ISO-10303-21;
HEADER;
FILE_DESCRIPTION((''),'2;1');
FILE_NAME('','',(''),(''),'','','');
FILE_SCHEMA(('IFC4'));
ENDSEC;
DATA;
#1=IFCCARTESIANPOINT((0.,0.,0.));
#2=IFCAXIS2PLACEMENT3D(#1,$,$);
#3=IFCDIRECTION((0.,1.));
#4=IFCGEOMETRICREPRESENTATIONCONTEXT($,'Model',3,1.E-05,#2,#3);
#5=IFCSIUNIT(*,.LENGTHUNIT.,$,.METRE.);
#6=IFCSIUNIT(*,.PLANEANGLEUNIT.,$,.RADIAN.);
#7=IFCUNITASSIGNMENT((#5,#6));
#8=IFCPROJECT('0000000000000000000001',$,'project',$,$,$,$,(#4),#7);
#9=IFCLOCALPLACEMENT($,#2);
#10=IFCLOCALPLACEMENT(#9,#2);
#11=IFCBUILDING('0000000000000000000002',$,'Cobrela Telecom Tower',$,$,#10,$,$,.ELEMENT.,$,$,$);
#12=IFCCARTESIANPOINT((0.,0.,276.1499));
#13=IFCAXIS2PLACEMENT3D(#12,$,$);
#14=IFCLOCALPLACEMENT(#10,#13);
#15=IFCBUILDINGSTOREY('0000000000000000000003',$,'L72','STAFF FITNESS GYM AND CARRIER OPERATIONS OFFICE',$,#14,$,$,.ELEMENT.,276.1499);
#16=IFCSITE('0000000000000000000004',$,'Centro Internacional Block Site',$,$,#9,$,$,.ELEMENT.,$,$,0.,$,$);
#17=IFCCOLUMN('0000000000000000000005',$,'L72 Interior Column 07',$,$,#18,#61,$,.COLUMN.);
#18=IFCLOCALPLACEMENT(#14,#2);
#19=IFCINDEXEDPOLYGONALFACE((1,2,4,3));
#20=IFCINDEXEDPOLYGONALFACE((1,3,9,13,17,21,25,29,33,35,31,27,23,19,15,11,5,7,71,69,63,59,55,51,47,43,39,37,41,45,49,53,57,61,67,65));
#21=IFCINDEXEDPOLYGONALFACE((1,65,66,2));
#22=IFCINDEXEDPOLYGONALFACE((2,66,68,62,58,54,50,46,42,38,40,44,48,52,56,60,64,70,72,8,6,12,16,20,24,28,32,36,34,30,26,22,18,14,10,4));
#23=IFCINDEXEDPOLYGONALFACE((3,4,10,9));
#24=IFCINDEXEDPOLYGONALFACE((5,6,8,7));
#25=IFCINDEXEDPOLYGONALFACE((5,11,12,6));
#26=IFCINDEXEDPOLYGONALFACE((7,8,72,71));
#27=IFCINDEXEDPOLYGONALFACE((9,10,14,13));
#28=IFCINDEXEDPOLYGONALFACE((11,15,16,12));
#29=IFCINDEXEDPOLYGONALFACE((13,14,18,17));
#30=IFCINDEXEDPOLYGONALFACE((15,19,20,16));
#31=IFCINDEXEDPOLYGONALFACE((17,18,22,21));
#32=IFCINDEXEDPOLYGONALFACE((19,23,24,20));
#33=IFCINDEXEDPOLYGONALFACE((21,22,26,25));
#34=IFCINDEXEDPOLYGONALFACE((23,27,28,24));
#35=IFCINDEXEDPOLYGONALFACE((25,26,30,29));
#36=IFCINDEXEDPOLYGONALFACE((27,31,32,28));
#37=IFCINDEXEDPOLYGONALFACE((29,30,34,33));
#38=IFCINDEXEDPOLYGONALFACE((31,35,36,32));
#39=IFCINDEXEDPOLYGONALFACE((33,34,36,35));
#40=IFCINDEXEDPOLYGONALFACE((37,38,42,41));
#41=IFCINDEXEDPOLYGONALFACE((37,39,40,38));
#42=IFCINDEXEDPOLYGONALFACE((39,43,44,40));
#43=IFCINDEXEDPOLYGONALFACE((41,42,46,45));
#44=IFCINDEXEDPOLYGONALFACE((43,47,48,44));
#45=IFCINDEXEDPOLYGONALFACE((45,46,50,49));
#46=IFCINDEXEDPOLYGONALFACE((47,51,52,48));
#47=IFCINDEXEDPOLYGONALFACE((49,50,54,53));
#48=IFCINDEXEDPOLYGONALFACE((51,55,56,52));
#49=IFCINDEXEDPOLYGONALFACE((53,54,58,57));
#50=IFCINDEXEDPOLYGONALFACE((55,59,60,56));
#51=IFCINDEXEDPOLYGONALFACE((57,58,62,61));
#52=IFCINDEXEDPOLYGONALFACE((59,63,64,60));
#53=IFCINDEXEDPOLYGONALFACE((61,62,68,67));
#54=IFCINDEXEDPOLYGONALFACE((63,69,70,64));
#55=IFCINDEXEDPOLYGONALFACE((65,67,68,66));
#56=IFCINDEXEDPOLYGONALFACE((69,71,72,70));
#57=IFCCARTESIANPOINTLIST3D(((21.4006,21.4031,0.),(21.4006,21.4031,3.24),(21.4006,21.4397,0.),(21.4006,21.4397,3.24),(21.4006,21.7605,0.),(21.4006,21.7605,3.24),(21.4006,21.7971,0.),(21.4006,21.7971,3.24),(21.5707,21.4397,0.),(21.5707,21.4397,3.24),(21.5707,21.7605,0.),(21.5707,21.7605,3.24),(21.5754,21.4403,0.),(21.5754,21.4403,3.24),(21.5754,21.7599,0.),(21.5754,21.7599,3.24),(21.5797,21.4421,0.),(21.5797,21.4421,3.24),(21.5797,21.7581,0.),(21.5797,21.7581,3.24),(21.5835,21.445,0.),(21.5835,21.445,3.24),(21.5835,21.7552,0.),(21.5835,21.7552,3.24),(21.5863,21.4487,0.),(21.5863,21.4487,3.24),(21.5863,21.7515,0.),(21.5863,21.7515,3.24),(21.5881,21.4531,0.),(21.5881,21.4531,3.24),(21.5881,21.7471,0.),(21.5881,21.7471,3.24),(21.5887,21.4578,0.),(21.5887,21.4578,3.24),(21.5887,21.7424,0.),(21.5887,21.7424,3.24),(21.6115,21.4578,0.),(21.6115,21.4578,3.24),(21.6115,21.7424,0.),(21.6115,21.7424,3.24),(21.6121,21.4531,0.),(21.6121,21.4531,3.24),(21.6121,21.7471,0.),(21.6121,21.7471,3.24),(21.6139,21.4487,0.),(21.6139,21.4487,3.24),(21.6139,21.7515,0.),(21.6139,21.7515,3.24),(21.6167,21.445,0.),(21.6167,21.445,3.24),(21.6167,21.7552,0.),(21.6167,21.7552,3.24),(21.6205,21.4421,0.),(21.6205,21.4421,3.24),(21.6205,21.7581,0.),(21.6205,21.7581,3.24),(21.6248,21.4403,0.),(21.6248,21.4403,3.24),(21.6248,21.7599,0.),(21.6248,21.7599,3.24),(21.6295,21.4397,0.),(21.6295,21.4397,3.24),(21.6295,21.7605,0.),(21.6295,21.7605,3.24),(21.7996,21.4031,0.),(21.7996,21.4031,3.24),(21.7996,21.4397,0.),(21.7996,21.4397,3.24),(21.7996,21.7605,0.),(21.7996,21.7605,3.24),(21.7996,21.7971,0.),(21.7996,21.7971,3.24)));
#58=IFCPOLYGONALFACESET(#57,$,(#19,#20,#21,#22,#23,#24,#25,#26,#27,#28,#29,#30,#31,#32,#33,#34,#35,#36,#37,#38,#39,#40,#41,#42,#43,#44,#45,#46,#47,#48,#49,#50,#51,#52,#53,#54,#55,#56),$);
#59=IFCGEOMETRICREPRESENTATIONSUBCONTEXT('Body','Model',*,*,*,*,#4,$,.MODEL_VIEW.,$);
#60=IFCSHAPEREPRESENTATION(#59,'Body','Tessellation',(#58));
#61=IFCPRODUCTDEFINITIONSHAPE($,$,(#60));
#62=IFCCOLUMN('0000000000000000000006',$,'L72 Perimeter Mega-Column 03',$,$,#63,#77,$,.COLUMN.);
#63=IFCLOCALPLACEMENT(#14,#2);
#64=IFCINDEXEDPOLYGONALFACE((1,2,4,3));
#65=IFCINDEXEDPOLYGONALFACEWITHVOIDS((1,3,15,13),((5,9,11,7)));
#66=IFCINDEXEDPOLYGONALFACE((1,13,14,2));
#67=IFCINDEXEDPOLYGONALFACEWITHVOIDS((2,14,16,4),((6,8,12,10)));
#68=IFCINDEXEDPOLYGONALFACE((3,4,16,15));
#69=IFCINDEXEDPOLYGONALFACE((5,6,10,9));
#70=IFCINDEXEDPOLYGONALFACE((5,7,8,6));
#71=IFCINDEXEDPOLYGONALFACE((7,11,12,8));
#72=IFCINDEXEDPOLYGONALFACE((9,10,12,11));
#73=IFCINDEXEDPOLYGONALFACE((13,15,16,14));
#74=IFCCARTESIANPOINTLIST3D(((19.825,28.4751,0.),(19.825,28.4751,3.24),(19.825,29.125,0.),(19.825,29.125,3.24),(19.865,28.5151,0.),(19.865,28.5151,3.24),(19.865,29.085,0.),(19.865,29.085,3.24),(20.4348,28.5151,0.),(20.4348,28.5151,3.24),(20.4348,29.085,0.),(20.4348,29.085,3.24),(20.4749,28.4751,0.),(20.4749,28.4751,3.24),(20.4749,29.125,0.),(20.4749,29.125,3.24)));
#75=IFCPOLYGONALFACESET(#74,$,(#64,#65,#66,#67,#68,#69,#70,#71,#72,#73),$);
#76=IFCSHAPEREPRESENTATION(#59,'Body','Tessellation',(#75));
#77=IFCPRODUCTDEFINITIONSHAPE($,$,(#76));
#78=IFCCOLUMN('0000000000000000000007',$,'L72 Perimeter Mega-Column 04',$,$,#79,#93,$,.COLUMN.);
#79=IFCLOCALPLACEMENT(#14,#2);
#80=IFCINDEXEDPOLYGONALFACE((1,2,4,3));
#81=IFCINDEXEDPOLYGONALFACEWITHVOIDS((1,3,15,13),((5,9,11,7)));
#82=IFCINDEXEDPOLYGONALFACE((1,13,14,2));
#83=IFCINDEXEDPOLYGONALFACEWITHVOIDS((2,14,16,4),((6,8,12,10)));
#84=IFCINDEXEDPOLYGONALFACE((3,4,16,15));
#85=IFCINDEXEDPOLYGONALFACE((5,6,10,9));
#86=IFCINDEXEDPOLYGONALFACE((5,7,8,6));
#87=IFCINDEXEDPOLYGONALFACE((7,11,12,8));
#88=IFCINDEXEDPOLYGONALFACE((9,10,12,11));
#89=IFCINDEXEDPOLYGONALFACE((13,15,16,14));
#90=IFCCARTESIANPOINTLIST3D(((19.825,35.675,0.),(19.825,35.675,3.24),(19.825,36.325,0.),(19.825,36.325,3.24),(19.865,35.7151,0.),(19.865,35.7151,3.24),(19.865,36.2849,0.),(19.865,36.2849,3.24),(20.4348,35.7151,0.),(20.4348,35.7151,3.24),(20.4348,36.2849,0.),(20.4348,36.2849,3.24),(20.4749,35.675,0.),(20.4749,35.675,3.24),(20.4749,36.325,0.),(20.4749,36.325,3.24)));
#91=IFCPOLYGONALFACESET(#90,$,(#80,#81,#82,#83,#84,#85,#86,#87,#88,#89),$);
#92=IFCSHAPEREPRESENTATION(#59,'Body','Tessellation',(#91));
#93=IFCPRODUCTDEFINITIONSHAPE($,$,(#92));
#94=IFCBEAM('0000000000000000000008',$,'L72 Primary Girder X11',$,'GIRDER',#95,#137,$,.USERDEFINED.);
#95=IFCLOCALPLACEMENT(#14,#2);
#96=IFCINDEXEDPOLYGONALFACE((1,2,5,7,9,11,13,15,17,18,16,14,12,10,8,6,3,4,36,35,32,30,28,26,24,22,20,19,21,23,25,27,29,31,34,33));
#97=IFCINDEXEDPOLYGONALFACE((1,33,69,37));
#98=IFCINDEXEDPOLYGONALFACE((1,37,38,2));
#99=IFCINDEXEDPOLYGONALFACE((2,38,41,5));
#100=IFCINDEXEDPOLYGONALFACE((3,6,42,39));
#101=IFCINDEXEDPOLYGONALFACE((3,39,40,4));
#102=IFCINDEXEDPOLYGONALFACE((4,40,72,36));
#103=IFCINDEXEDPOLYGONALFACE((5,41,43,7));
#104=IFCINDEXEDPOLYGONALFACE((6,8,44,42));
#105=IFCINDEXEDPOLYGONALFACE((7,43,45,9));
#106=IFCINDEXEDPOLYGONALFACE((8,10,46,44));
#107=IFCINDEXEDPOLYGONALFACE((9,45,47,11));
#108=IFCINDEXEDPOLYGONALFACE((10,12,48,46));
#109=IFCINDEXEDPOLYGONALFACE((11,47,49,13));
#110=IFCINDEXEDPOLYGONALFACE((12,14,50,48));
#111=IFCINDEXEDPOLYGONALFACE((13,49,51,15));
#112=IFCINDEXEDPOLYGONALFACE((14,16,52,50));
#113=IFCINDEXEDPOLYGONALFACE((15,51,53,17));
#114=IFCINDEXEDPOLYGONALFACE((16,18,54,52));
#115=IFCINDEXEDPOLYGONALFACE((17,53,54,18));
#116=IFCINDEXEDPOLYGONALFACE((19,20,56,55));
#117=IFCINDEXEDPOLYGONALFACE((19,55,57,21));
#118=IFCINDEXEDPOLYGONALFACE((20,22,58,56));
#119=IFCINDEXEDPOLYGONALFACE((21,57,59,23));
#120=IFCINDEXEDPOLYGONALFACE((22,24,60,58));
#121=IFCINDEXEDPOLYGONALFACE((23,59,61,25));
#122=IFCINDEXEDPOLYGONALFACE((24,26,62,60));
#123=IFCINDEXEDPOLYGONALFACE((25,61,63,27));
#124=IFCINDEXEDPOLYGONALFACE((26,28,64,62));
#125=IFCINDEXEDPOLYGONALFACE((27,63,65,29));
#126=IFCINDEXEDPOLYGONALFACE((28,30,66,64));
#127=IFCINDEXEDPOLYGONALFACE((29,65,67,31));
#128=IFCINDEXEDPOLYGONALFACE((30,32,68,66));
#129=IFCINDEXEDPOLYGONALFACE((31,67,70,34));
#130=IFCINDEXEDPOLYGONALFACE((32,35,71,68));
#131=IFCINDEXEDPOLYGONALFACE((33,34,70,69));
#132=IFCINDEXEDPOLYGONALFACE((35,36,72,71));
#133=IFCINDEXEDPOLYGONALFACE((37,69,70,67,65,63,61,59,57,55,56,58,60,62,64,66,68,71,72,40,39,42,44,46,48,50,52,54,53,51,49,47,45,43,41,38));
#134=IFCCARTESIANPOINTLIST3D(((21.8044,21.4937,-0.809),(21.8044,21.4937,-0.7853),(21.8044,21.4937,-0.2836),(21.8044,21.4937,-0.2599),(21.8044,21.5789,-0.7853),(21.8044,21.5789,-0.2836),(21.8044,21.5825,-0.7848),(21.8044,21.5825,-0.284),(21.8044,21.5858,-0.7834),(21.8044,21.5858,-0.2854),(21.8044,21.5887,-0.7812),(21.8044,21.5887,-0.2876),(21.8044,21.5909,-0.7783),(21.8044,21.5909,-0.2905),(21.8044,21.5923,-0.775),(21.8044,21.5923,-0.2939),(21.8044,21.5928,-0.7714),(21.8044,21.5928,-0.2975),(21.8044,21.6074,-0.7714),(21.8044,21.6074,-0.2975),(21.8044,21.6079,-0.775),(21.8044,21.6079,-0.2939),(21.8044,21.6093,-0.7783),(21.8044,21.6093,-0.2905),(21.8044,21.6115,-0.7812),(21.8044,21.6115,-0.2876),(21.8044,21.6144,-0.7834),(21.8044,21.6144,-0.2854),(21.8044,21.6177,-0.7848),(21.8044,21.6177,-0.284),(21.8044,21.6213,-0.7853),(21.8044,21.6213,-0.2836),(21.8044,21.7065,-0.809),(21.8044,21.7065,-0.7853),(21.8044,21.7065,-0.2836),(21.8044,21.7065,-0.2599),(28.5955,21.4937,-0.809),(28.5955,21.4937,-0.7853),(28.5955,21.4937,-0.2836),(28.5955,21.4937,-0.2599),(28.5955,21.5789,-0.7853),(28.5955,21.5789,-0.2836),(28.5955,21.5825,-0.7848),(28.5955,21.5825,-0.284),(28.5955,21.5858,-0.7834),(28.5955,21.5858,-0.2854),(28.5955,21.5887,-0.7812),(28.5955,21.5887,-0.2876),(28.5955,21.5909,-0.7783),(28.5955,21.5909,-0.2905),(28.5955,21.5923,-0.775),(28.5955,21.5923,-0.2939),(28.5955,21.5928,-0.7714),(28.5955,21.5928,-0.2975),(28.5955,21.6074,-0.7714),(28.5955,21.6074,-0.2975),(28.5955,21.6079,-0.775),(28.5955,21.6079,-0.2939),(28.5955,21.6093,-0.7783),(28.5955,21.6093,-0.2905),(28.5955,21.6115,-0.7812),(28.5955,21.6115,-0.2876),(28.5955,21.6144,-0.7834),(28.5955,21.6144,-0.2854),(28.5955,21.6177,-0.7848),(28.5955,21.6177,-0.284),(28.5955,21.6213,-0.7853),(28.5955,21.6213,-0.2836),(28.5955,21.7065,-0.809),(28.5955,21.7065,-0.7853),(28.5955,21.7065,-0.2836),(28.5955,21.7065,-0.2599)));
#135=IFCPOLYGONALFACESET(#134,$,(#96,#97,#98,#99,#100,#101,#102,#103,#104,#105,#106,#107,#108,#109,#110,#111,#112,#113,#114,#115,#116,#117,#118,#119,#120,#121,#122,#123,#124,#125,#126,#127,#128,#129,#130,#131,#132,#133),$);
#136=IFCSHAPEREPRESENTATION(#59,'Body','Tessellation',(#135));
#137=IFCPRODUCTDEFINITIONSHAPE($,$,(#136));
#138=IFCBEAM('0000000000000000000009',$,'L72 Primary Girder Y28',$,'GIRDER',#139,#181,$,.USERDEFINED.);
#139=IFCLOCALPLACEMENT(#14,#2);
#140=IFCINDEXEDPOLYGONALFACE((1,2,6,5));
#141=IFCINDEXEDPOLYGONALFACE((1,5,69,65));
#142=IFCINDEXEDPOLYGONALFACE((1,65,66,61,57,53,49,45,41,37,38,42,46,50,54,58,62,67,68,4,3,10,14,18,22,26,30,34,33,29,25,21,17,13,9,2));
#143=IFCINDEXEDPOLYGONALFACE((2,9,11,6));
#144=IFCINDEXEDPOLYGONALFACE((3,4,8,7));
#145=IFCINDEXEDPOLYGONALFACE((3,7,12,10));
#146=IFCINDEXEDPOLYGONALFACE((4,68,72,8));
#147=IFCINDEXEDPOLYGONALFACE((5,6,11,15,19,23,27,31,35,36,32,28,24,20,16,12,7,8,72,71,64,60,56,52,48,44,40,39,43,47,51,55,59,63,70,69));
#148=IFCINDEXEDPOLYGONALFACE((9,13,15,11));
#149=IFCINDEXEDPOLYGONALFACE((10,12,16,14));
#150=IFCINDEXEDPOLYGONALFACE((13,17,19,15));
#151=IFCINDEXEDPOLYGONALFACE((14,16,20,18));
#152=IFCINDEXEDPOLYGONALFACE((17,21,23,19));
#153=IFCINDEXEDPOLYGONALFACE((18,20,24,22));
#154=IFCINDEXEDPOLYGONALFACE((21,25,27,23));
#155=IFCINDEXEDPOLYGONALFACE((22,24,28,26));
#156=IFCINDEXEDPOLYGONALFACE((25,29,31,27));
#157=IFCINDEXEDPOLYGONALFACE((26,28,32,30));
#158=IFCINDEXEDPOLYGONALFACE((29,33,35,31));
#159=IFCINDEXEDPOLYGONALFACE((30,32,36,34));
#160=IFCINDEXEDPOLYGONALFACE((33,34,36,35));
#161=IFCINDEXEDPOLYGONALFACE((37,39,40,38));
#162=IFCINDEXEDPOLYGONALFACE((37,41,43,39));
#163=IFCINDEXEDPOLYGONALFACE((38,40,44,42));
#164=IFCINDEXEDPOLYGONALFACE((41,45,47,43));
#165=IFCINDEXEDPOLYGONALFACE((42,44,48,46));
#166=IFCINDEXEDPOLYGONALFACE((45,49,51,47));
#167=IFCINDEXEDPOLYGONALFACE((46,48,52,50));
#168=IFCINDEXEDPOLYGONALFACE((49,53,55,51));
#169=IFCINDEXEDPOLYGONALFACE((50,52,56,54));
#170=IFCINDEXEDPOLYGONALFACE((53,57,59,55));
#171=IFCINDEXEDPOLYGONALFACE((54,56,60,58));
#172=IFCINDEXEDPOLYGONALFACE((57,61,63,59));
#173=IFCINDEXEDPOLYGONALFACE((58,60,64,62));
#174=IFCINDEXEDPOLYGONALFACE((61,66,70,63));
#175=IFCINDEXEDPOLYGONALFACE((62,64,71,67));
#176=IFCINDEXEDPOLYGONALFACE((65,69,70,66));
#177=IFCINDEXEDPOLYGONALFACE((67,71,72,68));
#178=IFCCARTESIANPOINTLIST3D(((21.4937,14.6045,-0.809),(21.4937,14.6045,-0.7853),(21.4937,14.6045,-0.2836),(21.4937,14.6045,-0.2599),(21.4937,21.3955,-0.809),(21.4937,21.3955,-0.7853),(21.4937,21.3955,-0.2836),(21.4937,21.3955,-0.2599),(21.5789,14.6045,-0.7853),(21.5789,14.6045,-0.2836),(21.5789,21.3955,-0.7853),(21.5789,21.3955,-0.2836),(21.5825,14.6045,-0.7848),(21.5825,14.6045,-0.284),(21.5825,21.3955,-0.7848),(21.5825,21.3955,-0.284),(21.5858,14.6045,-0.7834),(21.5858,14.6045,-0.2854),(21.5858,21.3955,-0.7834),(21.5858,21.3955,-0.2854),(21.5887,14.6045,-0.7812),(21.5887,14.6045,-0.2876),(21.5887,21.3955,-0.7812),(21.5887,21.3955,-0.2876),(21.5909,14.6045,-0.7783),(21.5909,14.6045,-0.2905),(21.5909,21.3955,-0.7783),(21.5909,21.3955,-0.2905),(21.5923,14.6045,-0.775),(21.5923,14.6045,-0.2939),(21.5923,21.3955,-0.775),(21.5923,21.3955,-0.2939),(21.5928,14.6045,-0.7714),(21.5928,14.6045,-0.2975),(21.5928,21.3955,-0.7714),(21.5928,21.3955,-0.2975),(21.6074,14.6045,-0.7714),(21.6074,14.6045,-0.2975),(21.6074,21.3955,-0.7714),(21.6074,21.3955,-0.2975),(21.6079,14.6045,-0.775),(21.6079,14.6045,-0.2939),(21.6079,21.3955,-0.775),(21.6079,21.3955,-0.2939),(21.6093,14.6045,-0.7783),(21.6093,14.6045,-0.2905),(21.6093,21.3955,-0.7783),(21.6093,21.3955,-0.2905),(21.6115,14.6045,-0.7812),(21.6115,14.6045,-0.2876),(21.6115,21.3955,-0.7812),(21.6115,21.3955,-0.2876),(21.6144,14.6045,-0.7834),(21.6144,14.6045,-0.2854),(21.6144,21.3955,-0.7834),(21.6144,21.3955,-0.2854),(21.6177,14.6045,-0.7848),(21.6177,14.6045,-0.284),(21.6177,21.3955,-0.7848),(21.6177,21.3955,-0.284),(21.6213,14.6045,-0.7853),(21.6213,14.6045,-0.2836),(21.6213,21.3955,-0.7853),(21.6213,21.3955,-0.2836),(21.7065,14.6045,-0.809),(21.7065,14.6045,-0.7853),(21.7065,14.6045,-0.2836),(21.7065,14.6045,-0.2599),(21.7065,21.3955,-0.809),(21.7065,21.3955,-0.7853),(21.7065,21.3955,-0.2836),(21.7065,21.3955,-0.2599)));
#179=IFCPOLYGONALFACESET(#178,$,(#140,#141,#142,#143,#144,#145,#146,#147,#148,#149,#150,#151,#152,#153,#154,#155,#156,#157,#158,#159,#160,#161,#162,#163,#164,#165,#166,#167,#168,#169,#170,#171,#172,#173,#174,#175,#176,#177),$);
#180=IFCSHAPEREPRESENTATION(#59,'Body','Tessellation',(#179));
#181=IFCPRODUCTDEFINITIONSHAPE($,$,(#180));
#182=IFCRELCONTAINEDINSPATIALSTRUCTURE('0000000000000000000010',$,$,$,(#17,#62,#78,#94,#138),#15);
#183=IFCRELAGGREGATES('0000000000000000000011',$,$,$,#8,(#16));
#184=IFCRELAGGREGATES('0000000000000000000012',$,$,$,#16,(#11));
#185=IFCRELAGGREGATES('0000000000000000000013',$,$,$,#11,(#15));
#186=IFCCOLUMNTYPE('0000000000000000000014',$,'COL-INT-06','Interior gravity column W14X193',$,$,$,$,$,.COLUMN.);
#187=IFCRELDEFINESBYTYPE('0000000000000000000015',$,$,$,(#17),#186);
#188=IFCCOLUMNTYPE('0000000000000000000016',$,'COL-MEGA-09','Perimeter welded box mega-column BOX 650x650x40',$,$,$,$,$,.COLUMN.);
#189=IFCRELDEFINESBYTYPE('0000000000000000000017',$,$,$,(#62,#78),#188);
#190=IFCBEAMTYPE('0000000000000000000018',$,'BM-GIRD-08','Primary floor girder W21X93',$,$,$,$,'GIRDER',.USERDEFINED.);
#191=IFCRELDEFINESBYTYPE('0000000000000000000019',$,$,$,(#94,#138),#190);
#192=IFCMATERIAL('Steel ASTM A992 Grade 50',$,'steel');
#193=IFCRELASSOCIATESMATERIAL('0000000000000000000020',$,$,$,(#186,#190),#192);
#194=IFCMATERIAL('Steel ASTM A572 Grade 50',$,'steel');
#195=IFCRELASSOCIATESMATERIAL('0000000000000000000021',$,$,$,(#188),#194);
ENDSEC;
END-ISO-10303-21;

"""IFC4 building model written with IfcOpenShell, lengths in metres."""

from ifc_helpers import new_model, si_unit, direction, frame, origin, origin_2d, place, context, subcontext, project, spatial, hollow_rectangle, i_section, extrude, material, material_profile, profile_set, type_object, element, save


model = new_model("IFC4")

# Units and contexts
model_context = context("Model", 3, precision=1e-05, world=origin(), true_north=direction((0.0, 1.0)))
body_context = subcontext(model_context, "Body", "Model", "MODEL_VIEW")
ifc_project = project(units=[si_unit("LENGTHUNIT", "METRE"), si_unit("PLANEANGLEUNIT", "RADIAN")], contexts=[model_context])

# Site, building, storey
site_placement = place(None, origin())
site = spatial("IfcSite", under=ifc_project, at=site_placement, Name="Centro Internacional Block Site", CompositionType="ELEMENT", RefElevation=0.0)
building_placement = place(site_placement, origin())
building = spatial("IfcBuilding", under=site, at=building_placement, Name="Cobrela Telecom Tower", CompositionType="ELEMENT")
storey_placement = place(building_placement, frame((0.0, 0.0, 276.1499)))
storey = spatial("IfcBuildingStorey", under=building, at=storey_placement, Name="L72", Description="STAFF FITNESS GYM AND CARRIER OPERATIONS OFFICE", CompositionType="ELEMENT", Elevation=276.1499)

# Columns
ifc_material_1 = material(Name="Steel ASTM A992 Grade 50", Category="steel")
ifc_material_profile_1 = material_profile(ifc_material_1, i_section(OverallWidth=0.3989, OverallDepth=0.394, WebThickness=0.0227, FlangeThickness=0.0366, FilletRadius=0.0181, at=origin_2d()), Name="W14X193")
ifc_profile_set_1 = profile_set([ifc_material_profile_1], Name="Steel ASTM A992 Grade 50")
column_type_1 = type_object("IfcColumnType", Name="COL-INT-06", Description="Interior gravity column W14X193", PredefinedType="COLUMN", material=ifc_profile_set_1)
column_placement = place(storey_placement, frame((21.6001, 21.6001, 0.0), z_axis=(0.0, 0.0, 1.0), x_axis=(1.0, 0.0, 0.0)))
element("IfcColumn", 1, at=column_placement, inside=storey, type_object=column_type_1, Name="L72 Interior Column 07", PredefinedType="COLUMN", context=body_context, shape_type="SweptSolid", body=[
    extrude(i_section(OverallWidth=0.3989, OverallDepth=0.394, WebThickness=0.0227, FlangeThickness=0.0366, FilletRadius=0.0181, at=origin_2d()), origin(), (0.0, 0.0, 1.0), 3.24),
])
ifc_material_2 = material(Name="Steel ASTM A572 Grade 50", Category="steel")
ifc_material_profile_2 = material_profile(ifc_material_2, hollow_rectangle(XDim=0.6499, YDim=0.6499, WallThickness=0.04, at=origin_2d()), Name="BOX 650x650x40")
ifc_profile_set_2 = profile_set([ifc_material_profile_2], Name="Steel ASTM A572 Grade 50")
column_type_2 = type_object("IfcColumnType", Name="COL-MEGA-09", Description="Perimeter welded box mega-column BOX 650x650x40", PredefinedType="COLUMN", material=ifc_profile_set_2)
for number, where, z_axis, x_axis, name in (
    (2, (20.1499, 28.8, 0.0), (0.0, 0.0, 1.0), (1.0, 0.0, 0.0), "L72 Perimeter Mega-Column 03"),
    (3, (20.1499, 36.0, 0.0), (0.0, 0.0, 1.0), (1.0, 0.0, 0.0), "L72 Perimeter Mega-Column 04"),
):
    element("IfcColumn", number, at=place(storey_placement, frame(where, z_axis=z_axis, x_axis=x_axis)), inside=storey, type_object=column_type_2, Name=name, PredefinedType="COLUMN", context=body_context, shape_type="SweptSolid", body=[
        extrude(hollow_rectangle(XDim=0.6499, YDim=0.6499, WallThickness=0.04, at=origin_2d()), origin(), (0.0, 0.0, 1.0), 3.24),
    ])

# Beams
ifc_material_profile_3 = material_profile(ifc_material_1, i_section(OverallWidth=0.2129, OverallDepth=0.5491, WebThickness=0.0146, FlangeThickness=0.0237, FilletRadius=0.0139, at=origin_2d()), Name="W21X93")
ifc_profile_set_3 = profile_set([ifc_material_profile_3], Name="Steel ASTM A992 Grade 50")
beam_type_1 = type_object("IfcBeamType", Name="BM-GIRD-08", Description="Primary floor girder W21X93", ElementType="GIRDER", PredefinedType="USERDEFINED", material=ifc_profile_set_3)
for number, where, z_axis, x_axis, name in (
    (4, (21.8044, 21.6001, -0.5344), (1.0, 0.0, 0.0), (0.0, 1.0, 0.0), "L72 Primary Girder X11"),
    (5, (21.6001, 14.6045, -0.5344), (0.0, 1.0, 0.0), (-1.0, 0.0, 0.0), "L72 Primary Girder Y28"),
):
    element("IfcBeam", number, at=place(storey_placement, frame(where, z_axis=z_axis, x_axis=x_axis)), inside=storey, type_object=beam_type_1, Name=name, ObjectType="GIRDER", PredefinedType="USERDEFINED", context=body_context, shape_type="SweptSolid", body=[
        extrude(i_section(OverallWidth=0.2129, OverallDepth=0.5491, WebThickness=0.0146, FlangeThickness=0.0237, FilletRadius=0.0139, at=origin_2d()), origin(), (0.0, 0.0, 1.0), 6.791),
    ])

save(model, "model.ifc")
